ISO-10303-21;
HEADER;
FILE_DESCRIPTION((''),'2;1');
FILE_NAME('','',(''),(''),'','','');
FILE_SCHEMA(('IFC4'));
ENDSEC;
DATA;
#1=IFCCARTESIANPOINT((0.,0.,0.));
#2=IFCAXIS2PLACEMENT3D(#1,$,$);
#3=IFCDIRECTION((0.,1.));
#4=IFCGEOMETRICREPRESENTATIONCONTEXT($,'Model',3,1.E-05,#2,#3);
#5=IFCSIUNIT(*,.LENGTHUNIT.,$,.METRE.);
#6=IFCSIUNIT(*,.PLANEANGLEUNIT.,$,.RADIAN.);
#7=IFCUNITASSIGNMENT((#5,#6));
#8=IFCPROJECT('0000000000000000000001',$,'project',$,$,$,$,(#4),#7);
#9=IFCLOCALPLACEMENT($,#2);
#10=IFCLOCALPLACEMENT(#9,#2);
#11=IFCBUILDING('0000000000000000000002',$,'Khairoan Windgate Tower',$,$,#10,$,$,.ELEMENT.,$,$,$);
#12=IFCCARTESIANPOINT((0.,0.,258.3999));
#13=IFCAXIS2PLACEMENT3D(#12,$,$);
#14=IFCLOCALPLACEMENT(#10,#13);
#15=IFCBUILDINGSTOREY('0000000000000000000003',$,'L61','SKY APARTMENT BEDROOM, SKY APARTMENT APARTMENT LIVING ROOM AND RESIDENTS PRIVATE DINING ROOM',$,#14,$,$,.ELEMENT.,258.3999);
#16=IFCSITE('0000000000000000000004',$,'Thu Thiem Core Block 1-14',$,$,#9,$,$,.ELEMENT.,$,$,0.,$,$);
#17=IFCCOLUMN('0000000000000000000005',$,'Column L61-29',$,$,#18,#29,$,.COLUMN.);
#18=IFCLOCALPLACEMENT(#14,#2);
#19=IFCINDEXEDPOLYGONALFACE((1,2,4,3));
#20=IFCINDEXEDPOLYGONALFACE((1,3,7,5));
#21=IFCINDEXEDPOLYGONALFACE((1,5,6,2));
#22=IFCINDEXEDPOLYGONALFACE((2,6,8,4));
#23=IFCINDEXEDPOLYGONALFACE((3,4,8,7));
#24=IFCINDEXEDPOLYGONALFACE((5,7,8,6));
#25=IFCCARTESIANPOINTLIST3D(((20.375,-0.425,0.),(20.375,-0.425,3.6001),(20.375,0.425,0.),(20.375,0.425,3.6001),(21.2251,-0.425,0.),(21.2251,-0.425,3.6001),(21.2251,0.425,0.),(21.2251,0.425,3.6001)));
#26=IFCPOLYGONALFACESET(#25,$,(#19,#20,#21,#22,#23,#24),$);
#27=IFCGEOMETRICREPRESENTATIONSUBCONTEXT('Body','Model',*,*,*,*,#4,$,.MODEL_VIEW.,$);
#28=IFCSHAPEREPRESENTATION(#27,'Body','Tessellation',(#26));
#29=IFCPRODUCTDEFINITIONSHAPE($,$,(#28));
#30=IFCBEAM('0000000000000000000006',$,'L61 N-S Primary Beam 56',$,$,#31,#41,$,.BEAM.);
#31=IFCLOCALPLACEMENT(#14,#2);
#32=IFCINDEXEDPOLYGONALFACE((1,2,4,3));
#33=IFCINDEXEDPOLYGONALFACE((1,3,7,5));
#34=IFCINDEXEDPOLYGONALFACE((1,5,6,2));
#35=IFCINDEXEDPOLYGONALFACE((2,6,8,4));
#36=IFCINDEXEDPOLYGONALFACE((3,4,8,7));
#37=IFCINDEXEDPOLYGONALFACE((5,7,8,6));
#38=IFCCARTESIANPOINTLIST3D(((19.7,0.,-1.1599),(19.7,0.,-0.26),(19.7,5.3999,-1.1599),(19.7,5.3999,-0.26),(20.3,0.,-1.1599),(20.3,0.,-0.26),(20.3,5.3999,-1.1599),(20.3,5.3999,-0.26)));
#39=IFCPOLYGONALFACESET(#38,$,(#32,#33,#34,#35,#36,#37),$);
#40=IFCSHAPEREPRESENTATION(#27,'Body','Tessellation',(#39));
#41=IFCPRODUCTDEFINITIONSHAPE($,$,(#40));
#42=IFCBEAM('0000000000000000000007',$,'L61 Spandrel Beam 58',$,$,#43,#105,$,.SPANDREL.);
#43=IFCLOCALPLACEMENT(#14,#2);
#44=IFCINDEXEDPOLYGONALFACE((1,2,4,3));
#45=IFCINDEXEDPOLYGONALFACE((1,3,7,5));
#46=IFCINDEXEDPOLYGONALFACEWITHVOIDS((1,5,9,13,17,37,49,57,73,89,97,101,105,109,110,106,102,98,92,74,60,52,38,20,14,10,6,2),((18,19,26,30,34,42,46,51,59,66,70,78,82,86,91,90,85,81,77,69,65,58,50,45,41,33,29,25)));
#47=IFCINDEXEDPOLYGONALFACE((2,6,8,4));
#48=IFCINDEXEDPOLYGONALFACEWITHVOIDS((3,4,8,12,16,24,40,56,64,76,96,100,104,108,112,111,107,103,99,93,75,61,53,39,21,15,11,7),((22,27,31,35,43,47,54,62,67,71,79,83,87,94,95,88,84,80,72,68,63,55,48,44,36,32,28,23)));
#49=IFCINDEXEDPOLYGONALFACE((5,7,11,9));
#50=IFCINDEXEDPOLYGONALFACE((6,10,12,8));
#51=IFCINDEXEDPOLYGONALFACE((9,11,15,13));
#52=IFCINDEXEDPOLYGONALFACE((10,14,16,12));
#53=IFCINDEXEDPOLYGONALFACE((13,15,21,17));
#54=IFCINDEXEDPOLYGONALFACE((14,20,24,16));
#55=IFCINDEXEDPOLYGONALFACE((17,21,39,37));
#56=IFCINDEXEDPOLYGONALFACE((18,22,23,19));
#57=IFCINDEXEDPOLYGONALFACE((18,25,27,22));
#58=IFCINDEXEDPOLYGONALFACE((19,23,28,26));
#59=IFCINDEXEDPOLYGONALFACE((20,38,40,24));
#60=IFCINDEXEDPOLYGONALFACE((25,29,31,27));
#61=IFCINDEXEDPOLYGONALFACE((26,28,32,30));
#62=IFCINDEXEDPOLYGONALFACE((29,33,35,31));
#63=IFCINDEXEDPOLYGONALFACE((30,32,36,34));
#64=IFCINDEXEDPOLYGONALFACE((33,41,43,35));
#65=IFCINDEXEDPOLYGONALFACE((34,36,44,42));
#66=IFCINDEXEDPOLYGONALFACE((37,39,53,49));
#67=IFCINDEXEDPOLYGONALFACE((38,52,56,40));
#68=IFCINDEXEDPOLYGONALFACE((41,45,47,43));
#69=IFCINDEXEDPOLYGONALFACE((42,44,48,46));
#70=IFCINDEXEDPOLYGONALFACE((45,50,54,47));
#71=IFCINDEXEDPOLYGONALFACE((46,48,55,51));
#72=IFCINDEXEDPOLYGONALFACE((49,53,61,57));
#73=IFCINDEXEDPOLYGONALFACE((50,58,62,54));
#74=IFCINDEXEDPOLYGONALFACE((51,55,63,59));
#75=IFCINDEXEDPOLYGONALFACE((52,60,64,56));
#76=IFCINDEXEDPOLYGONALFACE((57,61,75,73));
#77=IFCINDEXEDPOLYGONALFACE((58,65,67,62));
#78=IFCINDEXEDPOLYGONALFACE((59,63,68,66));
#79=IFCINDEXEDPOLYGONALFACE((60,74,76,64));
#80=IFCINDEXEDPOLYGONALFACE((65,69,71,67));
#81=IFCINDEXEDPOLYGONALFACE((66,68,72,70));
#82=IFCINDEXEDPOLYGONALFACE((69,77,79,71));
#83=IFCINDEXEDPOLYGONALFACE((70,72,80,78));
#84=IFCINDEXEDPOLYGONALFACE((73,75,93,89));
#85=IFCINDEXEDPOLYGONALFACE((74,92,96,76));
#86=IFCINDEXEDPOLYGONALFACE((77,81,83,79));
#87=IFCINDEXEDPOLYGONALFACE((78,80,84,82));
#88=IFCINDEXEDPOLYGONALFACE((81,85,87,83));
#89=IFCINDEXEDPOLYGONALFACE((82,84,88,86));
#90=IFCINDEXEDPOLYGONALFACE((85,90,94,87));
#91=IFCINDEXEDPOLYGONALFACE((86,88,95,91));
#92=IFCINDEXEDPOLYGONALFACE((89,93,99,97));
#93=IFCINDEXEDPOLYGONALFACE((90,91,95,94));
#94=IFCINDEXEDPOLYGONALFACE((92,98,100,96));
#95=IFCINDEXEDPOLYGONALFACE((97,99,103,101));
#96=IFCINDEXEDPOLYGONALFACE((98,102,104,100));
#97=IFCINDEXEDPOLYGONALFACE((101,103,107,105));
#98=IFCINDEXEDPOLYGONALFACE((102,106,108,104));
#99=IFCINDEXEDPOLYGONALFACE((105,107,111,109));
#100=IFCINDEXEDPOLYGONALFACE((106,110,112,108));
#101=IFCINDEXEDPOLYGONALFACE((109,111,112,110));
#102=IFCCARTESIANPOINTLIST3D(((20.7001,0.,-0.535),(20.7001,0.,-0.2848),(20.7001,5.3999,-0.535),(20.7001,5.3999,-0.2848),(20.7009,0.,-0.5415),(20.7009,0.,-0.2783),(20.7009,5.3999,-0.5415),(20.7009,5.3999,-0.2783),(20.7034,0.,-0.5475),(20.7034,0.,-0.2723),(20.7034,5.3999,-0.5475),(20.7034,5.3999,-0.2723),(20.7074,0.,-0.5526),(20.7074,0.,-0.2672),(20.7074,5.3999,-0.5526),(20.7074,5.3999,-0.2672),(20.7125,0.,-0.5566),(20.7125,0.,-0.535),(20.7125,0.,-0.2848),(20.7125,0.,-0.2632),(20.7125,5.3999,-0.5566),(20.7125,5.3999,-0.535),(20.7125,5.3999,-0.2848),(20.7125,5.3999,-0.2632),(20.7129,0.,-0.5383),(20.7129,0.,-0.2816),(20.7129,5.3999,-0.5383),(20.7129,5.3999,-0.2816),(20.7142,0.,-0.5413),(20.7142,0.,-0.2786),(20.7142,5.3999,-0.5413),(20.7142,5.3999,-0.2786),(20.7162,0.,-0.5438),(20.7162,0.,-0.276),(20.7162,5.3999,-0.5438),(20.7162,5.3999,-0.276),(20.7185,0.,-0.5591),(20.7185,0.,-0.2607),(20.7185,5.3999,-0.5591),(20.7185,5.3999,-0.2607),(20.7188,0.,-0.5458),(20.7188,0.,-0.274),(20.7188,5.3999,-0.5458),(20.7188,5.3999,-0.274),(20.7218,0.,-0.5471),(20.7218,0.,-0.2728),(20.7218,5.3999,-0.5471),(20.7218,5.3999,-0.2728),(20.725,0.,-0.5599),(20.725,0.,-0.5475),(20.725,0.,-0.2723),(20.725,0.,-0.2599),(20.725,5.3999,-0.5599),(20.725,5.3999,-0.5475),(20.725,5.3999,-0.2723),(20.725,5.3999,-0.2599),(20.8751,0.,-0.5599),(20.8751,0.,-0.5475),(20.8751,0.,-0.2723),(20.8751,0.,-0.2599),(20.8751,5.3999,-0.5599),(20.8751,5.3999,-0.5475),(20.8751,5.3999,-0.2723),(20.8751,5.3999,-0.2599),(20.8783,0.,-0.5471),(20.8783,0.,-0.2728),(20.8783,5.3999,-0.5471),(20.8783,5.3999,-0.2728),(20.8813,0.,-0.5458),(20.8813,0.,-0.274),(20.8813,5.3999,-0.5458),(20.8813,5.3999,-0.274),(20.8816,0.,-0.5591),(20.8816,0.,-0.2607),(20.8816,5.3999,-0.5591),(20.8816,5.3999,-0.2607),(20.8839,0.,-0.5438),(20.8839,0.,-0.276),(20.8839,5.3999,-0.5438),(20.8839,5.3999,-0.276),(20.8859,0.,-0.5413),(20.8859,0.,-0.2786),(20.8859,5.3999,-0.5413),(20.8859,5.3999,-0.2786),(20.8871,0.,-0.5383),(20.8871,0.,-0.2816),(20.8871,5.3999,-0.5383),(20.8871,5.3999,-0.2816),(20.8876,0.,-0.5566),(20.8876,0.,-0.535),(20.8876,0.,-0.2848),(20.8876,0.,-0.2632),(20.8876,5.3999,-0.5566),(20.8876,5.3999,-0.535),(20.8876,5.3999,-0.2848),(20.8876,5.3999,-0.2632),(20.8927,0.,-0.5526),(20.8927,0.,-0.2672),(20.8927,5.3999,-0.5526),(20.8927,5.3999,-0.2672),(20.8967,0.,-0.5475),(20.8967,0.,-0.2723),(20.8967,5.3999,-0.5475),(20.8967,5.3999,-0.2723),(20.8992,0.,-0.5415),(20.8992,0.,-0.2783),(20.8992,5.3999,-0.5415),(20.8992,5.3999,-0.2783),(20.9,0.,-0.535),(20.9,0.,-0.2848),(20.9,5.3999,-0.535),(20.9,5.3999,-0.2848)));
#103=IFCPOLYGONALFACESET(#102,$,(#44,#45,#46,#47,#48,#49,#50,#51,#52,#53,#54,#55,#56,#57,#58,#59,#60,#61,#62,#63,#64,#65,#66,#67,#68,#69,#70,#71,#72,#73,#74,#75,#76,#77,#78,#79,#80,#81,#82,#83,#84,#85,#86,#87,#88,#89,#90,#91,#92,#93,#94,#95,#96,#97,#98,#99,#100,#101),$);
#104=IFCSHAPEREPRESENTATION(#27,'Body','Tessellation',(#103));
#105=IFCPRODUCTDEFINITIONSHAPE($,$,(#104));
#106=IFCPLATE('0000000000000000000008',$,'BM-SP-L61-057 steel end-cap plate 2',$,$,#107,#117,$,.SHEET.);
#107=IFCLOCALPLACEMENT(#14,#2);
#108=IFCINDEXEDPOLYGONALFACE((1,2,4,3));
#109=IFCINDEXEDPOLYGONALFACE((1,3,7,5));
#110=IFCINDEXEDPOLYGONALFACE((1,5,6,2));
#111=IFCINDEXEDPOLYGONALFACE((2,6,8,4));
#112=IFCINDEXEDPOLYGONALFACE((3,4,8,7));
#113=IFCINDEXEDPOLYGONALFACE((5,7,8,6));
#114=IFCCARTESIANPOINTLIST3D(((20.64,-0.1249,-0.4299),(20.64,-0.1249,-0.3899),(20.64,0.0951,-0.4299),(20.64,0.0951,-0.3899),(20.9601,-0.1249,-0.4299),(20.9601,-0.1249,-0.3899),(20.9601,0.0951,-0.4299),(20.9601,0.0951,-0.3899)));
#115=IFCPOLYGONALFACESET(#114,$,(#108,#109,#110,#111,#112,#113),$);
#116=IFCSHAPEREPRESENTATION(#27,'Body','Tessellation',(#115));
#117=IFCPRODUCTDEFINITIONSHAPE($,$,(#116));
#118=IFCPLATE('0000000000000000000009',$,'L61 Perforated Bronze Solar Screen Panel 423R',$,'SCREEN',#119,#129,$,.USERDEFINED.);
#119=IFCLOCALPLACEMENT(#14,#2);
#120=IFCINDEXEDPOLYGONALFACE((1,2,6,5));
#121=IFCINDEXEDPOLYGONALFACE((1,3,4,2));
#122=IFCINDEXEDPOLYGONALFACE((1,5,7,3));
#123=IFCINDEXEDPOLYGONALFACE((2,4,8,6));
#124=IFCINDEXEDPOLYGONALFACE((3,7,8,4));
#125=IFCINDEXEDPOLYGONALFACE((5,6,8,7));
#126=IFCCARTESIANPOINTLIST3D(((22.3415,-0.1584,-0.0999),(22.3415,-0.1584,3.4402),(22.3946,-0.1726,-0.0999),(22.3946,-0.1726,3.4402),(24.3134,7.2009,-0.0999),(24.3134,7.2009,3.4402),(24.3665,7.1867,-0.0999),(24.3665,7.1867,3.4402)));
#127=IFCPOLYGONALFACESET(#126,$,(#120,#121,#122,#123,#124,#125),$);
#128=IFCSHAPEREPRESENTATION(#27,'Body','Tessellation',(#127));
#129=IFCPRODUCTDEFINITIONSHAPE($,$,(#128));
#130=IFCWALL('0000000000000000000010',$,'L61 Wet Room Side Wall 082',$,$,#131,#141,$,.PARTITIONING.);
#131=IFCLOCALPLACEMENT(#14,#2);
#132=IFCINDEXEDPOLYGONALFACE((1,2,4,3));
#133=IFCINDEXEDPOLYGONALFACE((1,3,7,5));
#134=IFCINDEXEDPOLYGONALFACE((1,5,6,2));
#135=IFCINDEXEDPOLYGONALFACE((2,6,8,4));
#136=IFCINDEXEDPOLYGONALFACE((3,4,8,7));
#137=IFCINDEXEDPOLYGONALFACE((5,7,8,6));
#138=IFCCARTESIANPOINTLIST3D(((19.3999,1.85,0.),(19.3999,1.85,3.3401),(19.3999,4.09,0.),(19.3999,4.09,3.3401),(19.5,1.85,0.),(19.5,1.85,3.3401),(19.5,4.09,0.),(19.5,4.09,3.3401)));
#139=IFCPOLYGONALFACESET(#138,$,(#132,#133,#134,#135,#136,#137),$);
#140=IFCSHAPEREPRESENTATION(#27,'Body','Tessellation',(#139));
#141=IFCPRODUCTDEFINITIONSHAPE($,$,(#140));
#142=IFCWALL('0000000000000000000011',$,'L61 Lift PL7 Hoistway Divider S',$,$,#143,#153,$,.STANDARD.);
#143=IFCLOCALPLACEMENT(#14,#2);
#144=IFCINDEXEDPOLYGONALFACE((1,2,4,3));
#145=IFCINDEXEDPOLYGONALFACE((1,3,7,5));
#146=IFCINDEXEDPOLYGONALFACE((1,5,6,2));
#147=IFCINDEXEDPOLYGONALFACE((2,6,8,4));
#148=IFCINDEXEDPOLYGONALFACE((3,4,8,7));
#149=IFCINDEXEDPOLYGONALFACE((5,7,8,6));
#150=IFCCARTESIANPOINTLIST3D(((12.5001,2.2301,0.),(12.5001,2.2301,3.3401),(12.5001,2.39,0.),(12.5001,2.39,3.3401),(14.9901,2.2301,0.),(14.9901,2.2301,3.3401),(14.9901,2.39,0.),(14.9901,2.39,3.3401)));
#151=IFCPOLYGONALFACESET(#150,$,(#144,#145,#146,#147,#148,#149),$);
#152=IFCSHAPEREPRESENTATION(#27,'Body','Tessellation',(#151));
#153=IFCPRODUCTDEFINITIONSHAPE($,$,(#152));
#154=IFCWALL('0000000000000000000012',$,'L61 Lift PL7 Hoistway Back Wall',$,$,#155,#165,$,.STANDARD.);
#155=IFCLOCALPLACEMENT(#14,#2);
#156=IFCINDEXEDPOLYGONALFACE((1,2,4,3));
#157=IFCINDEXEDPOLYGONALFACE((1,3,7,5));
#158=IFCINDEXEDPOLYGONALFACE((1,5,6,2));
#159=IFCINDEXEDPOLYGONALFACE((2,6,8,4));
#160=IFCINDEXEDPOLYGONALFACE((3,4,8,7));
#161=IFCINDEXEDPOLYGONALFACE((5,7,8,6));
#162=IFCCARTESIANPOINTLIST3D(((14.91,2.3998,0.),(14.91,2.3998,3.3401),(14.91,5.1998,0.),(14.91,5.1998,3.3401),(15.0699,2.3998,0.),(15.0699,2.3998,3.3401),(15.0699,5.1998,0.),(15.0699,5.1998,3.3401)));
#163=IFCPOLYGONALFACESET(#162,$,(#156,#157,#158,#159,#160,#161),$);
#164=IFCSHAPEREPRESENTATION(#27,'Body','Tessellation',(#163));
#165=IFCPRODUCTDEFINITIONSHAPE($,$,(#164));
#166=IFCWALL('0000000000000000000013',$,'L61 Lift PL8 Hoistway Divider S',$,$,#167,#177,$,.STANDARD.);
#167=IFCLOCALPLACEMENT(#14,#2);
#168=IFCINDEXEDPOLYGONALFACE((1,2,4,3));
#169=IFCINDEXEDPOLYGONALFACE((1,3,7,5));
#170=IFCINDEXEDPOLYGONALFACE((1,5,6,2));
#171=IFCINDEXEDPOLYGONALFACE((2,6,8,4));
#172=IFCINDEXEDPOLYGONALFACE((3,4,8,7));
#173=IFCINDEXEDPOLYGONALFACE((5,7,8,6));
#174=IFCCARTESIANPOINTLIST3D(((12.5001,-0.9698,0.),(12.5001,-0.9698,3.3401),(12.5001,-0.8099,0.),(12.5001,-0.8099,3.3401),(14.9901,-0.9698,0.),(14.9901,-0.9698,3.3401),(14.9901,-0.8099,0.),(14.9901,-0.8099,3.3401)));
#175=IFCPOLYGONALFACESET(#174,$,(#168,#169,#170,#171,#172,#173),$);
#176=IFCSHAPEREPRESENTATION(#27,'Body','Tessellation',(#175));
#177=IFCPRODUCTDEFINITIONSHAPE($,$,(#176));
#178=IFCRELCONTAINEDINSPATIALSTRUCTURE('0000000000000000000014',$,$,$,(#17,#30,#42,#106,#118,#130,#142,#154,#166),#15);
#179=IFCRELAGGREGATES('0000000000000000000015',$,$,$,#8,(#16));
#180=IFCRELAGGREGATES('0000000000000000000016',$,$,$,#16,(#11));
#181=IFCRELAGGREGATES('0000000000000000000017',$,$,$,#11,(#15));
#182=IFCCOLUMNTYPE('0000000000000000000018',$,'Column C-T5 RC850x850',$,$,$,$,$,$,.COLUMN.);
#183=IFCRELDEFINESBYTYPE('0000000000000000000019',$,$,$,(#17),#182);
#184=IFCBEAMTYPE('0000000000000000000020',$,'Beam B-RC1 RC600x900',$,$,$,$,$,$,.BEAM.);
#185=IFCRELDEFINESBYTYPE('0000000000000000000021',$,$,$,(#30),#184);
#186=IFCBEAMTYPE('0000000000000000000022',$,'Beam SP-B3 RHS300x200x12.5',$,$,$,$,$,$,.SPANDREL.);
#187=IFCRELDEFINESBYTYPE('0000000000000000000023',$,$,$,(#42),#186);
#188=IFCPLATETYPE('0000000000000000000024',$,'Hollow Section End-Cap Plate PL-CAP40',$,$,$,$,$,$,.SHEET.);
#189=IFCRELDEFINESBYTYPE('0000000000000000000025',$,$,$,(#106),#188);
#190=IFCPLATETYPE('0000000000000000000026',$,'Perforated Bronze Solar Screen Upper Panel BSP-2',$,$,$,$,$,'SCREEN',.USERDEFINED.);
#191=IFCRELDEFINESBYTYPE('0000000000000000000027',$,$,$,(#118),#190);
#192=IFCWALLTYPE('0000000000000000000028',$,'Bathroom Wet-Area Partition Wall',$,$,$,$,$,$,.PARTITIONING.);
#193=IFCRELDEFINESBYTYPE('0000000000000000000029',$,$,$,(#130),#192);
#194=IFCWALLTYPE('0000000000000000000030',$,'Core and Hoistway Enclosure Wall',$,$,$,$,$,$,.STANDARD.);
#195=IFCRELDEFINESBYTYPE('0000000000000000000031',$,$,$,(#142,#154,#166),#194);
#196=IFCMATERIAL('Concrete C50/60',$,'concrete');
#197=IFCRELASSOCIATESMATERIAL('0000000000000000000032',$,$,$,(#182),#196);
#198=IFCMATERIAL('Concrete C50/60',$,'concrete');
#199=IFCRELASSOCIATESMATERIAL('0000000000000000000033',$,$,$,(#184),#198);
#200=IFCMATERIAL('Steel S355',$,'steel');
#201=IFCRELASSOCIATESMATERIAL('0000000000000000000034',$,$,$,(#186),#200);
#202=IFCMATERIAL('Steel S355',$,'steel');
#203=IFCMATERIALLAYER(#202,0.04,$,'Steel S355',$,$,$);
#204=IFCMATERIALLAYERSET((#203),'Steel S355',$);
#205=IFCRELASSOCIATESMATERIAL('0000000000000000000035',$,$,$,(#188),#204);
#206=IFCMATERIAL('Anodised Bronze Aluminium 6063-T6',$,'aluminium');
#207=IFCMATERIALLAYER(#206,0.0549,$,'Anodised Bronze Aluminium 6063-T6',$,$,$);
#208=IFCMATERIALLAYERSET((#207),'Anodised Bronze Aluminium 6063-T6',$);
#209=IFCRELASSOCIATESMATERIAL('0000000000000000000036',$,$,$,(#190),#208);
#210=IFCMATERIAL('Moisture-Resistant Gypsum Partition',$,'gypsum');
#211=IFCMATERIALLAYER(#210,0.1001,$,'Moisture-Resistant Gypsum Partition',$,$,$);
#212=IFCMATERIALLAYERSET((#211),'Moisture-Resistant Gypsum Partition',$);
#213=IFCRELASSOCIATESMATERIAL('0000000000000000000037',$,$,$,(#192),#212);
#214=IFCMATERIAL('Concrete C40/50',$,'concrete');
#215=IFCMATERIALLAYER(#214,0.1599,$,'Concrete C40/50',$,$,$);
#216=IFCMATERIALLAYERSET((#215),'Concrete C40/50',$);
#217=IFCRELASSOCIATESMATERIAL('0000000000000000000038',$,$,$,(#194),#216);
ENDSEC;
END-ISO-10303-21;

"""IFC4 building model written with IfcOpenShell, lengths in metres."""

from ifc_helpers import new_model, si_unit, direction, frame, frame_2d, origin, origin_2d, place, context, subcontext, project, spatial, rectangle, hollow_rectangle, extrude, material, layer, layer_set, material_profile, profile_set, type_object, element, save


model = new_model("IFC4")

# Units and contexts
model_context = context("Model", 3, precision=1e-05, world=origin(), true_north=direction((0.0, 1.0)))
body_context = subcontext(model_context, "Body", "Model", "MODEL_VIEW")
ifc_project = project(units=[si_unit("LENGTHUNIT", "METRE"), si_unit("PLANEANGLEUNIT", "RADIAN")], contexts=[model_context])

# Site, building, storey
site_placement = place(None, origin())
site = spatial("IfcSite", under=ifc_project, at=site_placement, Name="Thu Thiem Core Block 1-14", CompositionType="ELEMENT", RefElevation=0.0)
building_placement = place(site_placement, origin())
building = spatial("IfcBuilding", under=site, at=building_placement, Name="Khairoan Windgate Tower", CompositionType="ELEMENT")
storey_placement = place(building_placement, frame((0.0, 0.0, 258.3999)))
storey = spatial("IfcBuildingStorey", under=building, at=storey_placement, Name="L61", Description="SKY APARTMENT BEDROOM, SKY APARTMENT APARTMENT LIVING ROOM AND RESIDENTS PRIVATE DINING ROOM", CompositionType="ELEMENT", Elevation=258.3999)

# Column
ifc_material_1 = material(Name="Concrete C50/60", Category="concrete")
ifc_material_profile_1 = material_profile(ifc_material_1, rectangle(XDim=0.8501, YDim=0.8501, at=origin_2d()))
ifc_profile_set_1 = profile_set([ifc_material_profile_1], Name="Concrete C50/60")
column_type = type_object("IfcColumnType", Name="Column C-T5 RC850x850", PredefinedType="COLUMN", material=ifc_profile_set_1)
column_placement = place(storey_placement, frame((20.8, 0.0, 0.0), z_axis=(0.0, 0.0, 1.0), x_axis=(1.0, 0.0, 0.0)))
element("IfcColumn", 1, at=column_placement, inside=storey, type_object=column_type, Name="Column L61-29", PredefinedType="COLUMN", context=body_context, shape_type="SweptSolid", body=[
    extrude(rectangle(XDim=0.8501, YDim=0.8501, at=origin_2d()), origin(), (0.0, 0.0, 1.0), 3.6001),
])

# Beams
ifc_material_2 = material(Name="Concrete C50/60", Category="concrete")
ifc_material_profile_2 = material_profile(ifc_material_2, rectangle(XDim=0.6001, YDim=0.8999, at=origin_2d()))
ifc_profile_set_2 = profile_set([ifc_material_profile_2], Name="Concrete C50/60")
beam_type_1 = type_object("IfcBeamType", Name="Beam B-RC1 RC600x900", PredefinedType="BEAM", material=ifc_profile_set_2)
beam_1_placement = place(storey_placement, frame((20.0, 0.0, -0.71), z_axis=(0.0, 1.0, 0.0), x_axis=(-1.0, 0.0, 0.0)))
element("IfcBeam", 2, at=beam_1_placement, inside=storey, type_object=beam_type_1, Name="L61 N-S Primary Beam 56", PredefinedType="BEAM", context=body_context, shape_type="SweptSolid", body=[
    extrude(rectangle(XDim=0.6001, YDim=0.8999, at=origin_2d()), origin(), (0.0, 0.0, 1.0), 5.3999),
])
ifc_material_3 = material(Name="Steel S355", Category="steel")
ifc_material_profile_3 = material_profile(ifc_material_3, hollow_rectangle(XDim=0.2, YDim=0.3, WallThickness=0.0125, InnerFilletRadius=0.0125, OuterFilletRadius=0.0249, at=origin_2d()))
ifc_profile_set_3 = profile_set([ifc_material_profile_3], Name="Steel S355")
beam_type_2 = type_object("IfcBeamType", Name="Beam SP-B3 RHS300x200x12.5", PredefinedType="SPANDREL", material=ifc_profile_set_3)
beam_2_placement = place(storey_placement, frame((20.8, 0.0, -0.4099), z_axis=(0.0, 1.0, 0.0), x_axis=(-1.0, 0.0, 0.0)))
element("IfcBeam", 3, at=beam_2_placement, inside=storey, type_object=beam_type_2, Name="L61 Spandrel Beam 58", PredefinedType="SPANDREL", context=body_context, shape_type="SweptSolid", body=[
    extrude(hollow_rectangle(XDim=0.2, YDim=0.3, WallThickness=0.0125, InnerFilletRadius=0.0125, OuterFilletRadius=0.0249, at=origin_2d()), origin(), (0.0, 0.0, 1.0), 5.3999),
])

# Plates
ifc_material_4 = material(Name="Steel S355", Category="steel")
ifc_layer_1 = layer(ifc_material_4, 0.04, Name="Steel S355")
ifc_layer_set_1 = layer_set([ifc_layer_1], Name="Steel S355")
plate_type_1 = type_object("IfcPlateType", Name="Hollow Section End-Cap Plate PL-CAP40", PredefinedType="SHEET", material=ifc_layer_set_1)
plate_1_placement = place(storey_placement, frame((20.8, -0.0149, -0.4299), z_axis=(0.0, 0.0, 1.0), x_axis=(0.0, 1.0, 0.0)))
element("IfcPlate", 4, at=plate_1_placement, inside=storey, type_object=plate_type_1, Name="BM-SP-L61-057 steel end-cap plate 2", PredefinedType="SHEET", context=body_context, shape_type="SweptSolid", body=[
    extrude(rectangle(XDim=0.22, YDim=0.3201, at=origin_2d()), origin(), (0.0, 0.0, 1.0), 0.04),
])
ifc_material_5 = material(Name="Anodised Bronze Aluminium 6063-T6", Category="aluminium")
ifc_layer_2 = layer(ifc_material_5, 0.0549, Name="Anodised Bronze Aluminium 6063-T6")
ifc_layer_set_2 = layer_set([ifc_layer_2], Name="Anodised Bronze Aluminium 6063-T6")
plate_type_2 = type_object("IfcPlateType", Name="Perforated Bronze Solar Screen Upper Panel BSP-2", ElementType="SCREEN", PredefinedType="USERDEFINED", material=ifc_layer_set_2)
plate_2_placement = place(storey_placement, frame((23.354, 3.5142, -0.0999), z_axis=(0.0, 0.0, 1.0), x_axis=(-0.258819, -0.965926, 0.0)))
element("IfcPlate", 5, at=plate_2_placement, inside=storey, type_object=plate_type_2, Name="L61 Perforated Bronze Solar Screen Panel 423R", ObjectType="SCREEN", PredefinedType="USERDEFINED", context=body_context, shape_type="SweptSolid", body=[
    extrude(rectangle(XDim=7.6189, YDim=0.0549, at=origin_2d()), origin(), (0.0, 0.0, 1.0), 3.54),
])

# Walls
ifc_material_6 = material(Name="Moisture-Resistant Gypsum Partition", Category="gypsum")
ifc_layer_3 = layer(ifc_material_6, 0.1001, Name="Moisture-Resistant Gypsum Partition")
ifc_layer_set_3 = layer_set([ifc_layer_3], Name="Moisture-Resistant Gypsum Partition")
wall_type_1 = type_object("IfcWallType", Name="Bathroom Wet-Area Partition Wall", PredefinedType="PARTITIONING", material=ifc_layer_set_3)
wall_1_placement = place(storey_placement, frame((19.45, 4.0901, 0.0), z_axis=(0.0, 0.0, 1.0), x_axis=(0.0, -1.0, 0.0)))
element("IfcWall", 6, at=wall_1_placement, inside=storey, type_object=wall_type_1, Name="L61 Wet Room Side Wall 082", PredefinedType="PARTITIONING", context=body_context, shape_type="SweptSolid", body=[
    extrude(rectangle(XDim=2.24, YDim=0.1001, at=frame_2d((1.1201, 0.0))), origin(), (0.0, 0.0, 1.0), 3.3401),
])
ifc_material_7 = material(Name="Concrete C40/50", Category="concrete")
ifc_layer_4 = layer(ifc_material_7, 0.1599, Name="Concrete C40/50")
ifc_layer_set_4 = layer_set([ifc_layer_4], Name="Concrete C40/50")
wall_type_2 = type_object("IfcWallType", Name="Core and Hoistway Enclosure Wall", PredefinedType="STANDARD", material=ifc_layer_set_4)
wall_2_placement = place(storey_placement, frame((12.5, 2.3101, 0.0), z_axis=(0.0, 0.0, 1.0), x_axis=(1.0, 0.0, 0.0)))
element("IfcWall", 7, at=wall_2_placement, inside=storey, type_object=wall_type_2, Name="L61 Lift PL7 Hoistway Divider S", PredefinedType="STANDARD", context=body_context, shape_type="SweptSolid", body=[
    extrude(rectangle(XDim=2.49, YDim=0.1599, at=frame_2d((1.2451, 0.0))), origin(), (0.0, 0.0, 1.0), 3.3401),
])
wall_3_placement = place(storey_placement, frame((14.99, 2.3999, 0.0), z_axis=(0.0, 0.0, 1.0), x_axis=(0.0, 1.0, 0.0)))
element("IfcWall", 8, at=wall_3_placement, inside=storey, type_object=wall_type_2, Name="L61 Lift PL7 Hoistway Back Wall", PredefinedType="STANDARD", context=body_context, shape_type="SweptSolid", body=[
    extrude(rectangle(XDim=2.8, YDim=0.1599, at=frame_2d((1.3999, 0.0))), origin(), (0.0, 0.0, 1.0), 3.3401),
])
for number, where, z_axis, x_axis, name in (
    (9, (12.5, -0.8899, 0.0), (0.0, 0.0, 1.0), (1.0, 0.0, 0.0), "L61 Lift PL8 Hoistway Divider S"),
):
    element("IfcWall", number, at=place(storey_placement, frame(where, z_axis=z_axis, x_axis=x_axis)), inside=storey, type_object=wall_type_2, Name=name, PredefinedType="STANDARD", context=body_context, shape_type="SweptSolid", body=[
        extrude(rectangle(XDim=2.49, YDim=0.1599, at=frame_2d((1.2451, 0.0))), origin(), (0.0, 0.0, 1.0), 3.3401),
    ])

save(model, "model.ifc")
